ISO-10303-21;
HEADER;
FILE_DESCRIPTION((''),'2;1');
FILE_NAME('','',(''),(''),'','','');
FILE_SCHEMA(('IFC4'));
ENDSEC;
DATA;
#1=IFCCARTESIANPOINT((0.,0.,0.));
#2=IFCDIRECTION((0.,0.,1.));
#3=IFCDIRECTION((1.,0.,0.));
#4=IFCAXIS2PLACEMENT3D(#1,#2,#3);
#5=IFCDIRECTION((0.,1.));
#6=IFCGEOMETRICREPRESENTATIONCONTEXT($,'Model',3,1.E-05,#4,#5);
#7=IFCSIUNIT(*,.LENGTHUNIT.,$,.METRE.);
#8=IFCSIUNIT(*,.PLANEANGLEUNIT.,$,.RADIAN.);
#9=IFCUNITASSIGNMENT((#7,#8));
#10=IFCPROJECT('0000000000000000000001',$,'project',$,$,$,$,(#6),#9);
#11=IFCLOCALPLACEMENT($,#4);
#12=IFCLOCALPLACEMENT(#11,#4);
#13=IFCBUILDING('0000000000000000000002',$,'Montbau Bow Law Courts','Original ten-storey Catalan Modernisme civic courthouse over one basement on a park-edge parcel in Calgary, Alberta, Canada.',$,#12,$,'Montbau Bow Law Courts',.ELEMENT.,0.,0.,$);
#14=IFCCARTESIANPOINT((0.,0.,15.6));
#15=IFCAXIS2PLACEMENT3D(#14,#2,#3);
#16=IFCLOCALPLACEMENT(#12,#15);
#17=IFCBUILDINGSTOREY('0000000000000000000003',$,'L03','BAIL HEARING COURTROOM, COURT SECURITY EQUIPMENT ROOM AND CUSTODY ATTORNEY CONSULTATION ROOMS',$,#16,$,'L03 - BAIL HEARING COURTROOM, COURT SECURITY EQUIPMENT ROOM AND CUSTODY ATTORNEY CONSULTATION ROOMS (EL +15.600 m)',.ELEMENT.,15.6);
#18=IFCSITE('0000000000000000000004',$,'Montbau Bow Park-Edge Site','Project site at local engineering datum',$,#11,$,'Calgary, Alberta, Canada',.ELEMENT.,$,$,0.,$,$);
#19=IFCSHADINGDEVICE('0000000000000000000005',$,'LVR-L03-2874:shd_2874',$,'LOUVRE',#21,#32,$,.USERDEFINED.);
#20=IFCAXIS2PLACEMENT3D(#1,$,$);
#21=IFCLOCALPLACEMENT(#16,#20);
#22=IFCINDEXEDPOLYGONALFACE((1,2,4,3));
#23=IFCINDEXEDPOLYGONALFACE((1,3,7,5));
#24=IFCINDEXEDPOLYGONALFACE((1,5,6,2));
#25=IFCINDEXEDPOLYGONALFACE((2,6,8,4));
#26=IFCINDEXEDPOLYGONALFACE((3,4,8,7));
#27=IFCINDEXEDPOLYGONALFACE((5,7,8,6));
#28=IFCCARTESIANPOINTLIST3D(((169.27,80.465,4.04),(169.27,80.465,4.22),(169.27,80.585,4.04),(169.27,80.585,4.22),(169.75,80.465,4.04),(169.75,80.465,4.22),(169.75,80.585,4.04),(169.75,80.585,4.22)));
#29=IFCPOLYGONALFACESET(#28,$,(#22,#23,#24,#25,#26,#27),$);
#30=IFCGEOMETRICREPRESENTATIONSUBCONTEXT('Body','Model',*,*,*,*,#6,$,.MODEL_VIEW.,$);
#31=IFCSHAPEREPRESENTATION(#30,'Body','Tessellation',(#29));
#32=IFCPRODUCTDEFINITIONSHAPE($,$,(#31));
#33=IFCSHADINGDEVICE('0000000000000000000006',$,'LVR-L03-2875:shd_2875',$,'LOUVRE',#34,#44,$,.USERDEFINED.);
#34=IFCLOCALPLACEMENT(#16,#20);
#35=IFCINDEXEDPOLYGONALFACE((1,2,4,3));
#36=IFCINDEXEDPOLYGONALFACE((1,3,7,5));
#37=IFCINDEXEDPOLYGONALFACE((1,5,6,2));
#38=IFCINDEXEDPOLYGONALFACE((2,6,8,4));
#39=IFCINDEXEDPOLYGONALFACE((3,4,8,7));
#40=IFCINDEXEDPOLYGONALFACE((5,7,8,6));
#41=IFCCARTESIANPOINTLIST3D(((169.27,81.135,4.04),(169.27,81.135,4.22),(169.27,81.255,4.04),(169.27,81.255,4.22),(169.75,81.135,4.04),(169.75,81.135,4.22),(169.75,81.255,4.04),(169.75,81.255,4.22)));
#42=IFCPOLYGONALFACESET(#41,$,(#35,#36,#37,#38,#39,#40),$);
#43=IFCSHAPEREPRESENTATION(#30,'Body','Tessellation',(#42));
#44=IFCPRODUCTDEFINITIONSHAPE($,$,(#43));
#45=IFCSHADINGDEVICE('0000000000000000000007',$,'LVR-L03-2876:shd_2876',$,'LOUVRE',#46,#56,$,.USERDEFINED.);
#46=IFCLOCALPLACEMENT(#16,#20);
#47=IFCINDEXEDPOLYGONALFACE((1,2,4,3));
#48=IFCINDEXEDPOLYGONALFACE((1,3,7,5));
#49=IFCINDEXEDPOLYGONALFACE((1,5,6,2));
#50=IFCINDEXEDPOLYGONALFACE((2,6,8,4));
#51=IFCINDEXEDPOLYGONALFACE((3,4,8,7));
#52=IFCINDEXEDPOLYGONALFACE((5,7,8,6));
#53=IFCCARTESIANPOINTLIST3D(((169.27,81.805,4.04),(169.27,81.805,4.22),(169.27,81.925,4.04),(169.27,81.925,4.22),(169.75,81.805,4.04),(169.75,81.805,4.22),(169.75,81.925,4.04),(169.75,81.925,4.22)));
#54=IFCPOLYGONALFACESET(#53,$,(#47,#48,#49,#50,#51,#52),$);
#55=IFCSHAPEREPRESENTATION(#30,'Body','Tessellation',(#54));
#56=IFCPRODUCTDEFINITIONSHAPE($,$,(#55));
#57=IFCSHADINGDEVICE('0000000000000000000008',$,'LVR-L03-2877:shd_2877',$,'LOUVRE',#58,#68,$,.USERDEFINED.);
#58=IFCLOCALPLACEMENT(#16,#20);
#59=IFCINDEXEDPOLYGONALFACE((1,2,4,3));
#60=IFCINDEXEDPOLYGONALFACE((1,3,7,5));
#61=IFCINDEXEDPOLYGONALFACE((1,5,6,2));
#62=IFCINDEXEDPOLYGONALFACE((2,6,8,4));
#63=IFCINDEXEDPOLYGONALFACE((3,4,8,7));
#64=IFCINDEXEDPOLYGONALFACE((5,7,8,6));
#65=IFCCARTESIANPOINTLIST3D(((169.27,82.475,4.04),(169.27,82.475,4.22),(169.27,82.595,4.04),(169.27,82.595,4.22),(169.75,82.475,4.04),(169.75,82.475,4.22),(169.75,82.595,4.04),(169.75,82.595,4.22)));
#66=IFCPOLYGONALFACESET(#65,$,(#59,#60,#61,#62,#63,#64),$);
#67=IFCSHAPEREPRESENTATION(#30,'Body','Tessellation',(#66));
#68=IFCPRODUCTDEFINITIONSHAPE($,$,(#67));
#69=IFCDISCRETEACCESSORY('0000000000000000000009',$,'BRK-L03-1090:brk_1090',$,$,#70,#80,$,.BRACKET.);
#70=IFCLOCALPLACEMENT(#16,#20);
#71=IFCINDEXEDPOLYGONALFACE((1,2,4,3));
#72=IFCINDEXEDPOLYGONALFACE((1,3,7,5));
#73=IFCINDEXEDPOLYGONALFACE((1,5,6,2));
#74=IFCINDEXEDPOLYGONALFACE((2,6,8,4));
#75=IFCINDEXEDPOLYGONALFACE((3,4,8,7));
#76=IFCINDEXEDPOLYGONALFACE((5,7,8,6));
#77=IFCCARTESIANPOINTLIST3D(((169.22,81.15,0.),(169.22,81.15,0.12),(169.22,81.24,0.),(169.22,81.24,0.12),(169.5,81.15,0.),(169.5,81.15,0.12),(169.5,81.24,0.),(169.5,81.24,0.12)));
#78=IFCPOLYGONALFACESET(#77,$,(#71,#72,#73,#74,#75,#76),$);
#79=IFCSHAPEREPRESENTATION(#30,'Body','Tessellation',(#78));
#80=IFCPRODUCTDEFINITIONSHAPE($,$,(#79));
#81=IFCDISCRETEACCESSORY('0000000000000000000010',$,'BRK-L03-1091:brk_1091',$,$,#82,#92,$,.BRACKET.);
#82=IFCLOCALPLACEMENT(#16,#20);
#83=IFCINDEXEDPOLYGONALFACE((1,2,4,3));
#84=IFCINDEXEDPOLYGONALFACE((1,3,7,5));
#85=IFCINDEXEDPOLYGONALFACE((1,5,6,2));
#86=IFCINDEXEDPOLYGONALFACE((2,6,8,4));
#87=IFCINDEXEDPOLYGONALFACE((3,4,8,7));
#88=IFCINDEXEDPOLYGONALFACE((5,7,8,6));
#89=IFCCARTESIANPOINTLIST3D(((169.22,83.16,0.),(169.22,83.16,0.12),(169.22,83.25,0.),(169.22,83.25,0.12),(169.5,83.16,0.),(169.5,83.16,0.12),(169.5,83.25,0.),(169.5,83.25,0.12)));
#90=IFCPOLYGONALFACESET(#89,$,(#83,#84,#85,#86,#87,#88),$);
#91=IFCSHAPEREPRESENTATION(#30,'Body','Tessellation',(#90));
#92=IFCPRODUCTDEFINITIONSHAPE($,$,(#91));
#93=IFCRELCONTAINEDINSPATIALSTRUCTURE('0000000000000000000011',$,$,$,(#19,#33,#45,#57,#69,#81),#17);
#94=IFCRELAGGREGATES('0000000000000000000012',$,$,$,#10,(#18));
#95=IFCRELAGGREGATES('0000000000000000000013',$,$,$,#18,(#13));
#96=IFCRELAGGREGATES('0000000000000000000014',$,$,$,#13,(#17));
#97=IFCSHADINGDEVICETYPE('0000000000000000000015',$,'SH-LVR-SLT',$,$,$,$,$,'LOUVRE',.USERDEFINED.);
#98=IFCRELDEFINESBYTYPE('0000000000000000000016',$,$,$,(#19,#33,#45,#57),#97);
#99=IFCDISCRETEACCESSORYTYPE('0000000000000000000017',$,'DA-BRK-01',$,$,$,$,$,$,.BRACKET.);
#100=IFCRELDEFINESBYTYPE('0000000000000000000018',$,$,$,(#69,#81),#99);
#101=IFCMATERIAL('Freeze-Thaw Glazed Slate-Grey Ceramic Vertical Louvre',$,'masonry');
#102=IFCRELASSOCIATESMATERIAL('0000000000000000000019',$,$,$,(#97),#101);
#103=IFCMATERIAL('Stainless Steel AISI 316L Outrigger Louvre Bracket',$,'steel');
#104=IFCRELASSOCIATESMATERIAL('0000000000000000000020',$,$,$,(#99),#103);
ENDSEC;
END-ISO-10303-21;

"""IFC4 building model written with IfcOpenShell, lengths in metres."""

from ifc_helpers import new_model, si_unit, direction, frame, origin_with_axes, origin_2d_with_axis, place, context, subcontext, project, spatial, rectangle, extrude, material, type_object, element, save


model = new_model("IFC4")

# Units and contexts
model_context = context("Model", 3, precision=1e-05, world=origin_with_axes(), true_north=direction((0.0, 1.0)))
body_context = subcontext(model_context, "Body", "Model", "MODEL_VIEW")
ifc_project = project(units=[si_unit("LENGTHUNIT", "METRE"), si_unit("PLANEANGLEUNIT", "RADIAN")], contexts=[model_context])

# Site, building, storey
site_placement = place(None, origin_with_axes())
site = spatial("IfcSite", under=ifc_project, at=site_placement, Name="Montbau Bow Park-Edge Site", Description="Project site at local engineering datum", LongName="Calgary, Alberta, Canada", CompositionType="ELEMENT", RefElevation=0.0)
building_placement = place(site_placement, origin_with_axes())
building = spatial("IfcBuilding", under=site, at=building_placement, Name="Montbau Bow Law Courts", Description="Original ten-storey Catalan Modernisme civic courthouse over one basement on a park-edge parcel in Calgary, Alberta, Canada.", LongName="Montbau Bow Law Courts", CompositionType="ELEMENT", ElevationOfRefHeight=0.0, ElevationOfTerrain=0.0)
storey_placement = place(building_placement, frame((0.0, 0.0, 15.6), z_axis=(0.0, 0.0, 1.0), x_axis=(1.0, 0.0, 0.0)))
storey = spatial("IfcBuildingStorey", under=building, at=storey_placement, Name="L03", Description="BAIL HEARING COURTROOM, COURT SECURITY EQUIPMENT ROOM AND CUSTODY ATTORNEY CONSULTATION ROOMS", LongName="L03 - BAIL HEARING COURTROOM, COURT SECURITY EQUIPMENT ROOM AND CUSTODY ATTORNEY CONSULTATION ROOMS (EL +15.600 m)", CompositionType="ELEMENT", Elevation=15.6)

# Shared definitions
ifc_material_1 = material(Name="Freeze-Thaw Glazed Slate-Grey Ceramic Vertical Louvre", Category="masonry")

# Shading devices
shading_device_type = type_object("IfcShadingDeviceType", Name="SH-LVR-SLT", ElementType="LOUVRE", PredefinedType="USERDEFINED", material=ifc_material_1)
for number, where, z_axis, x_axis, name in (
    (1, (169.51, 80.525, 19.64), (0.0, 0.0, 1.0), (1.0, 0.0, 0.0), "LVR-L03-2874:shd_2874"),
    (2, (169.51, 81.195, 19.64), (0.0, 0.0, 1.0), (1.0, 0.0, 0.0), "LVR-L03-2875:shd_2875"),
    (3, (169.51, 81.865, 19.64), (0.0, 0.0, 1.0), (1.0, 0.0, 0.0), "LVR-L03-2876:shd_2876"),
    (4, (169.51, 82.535, 19.64), (0.0, 0.0, 1.0), (1.0, 0.0, 0.0), "LVR-L03-2877:shd_2877"),
):
    element("IfcShadingDevice", number, at=place(None, frame(where, z_axis=z_axis, x_axis=x_axis)), inside=storey, type_object=shading_device_type, Name=name, ObjectType="LOUVRE", PredefinedType="USERDEFINED", context=body_context, shape_type="SweptSolid", body=[
        extrude(rectangle(XDim=0.48, YDim=0.12, at=origin_2d_with_axis()), origin_with_axes(), (0.0, 0.0, 1.0), 0.18),
    ])

# Discrete accessories
ifc_material_2 = material(Name="Stainless Steel AISI 316L Outrigger Louvre Bracket", Category="steel")
discrete_accessory_type = type_object("IfcDiscreteAccessoryType", Name="DA-BRK-01", PredefinedType="BRACKET", material=ifc_material_2)
for number, where, z_axis, x_axis, name in (
    (5, (169.36, 81.195, 15.6), (0.0, 0.0, 1.0), (1.0, 0.0, 0.0), "BRK-L03-1090:brk_1090"),
    (6, (169.36, 83.205, 15.6), (0.0, 0.0, 1.0), (1.0, 0.0, 0.0), "BRK-L03-1091:brk_1091"),
):
    element("IfcDiscreteAccessory", number, at=place(None, frame(where, z_axis=z_axis, x_axis=x_axis)), inside=storey, type_object=discrete_accessory_type, Name=name, PredefinedType="BRACKET", context=body_context, shape_type="SweptSolid", body=[
        extrude(rectangle(XDim=0.28, YDim=0.09, at=origin_2d_with_axis()), origin_with_axes(), (0.0, 0.0, 1.0), 0.12),
    ])

save(model, "model.ifc")
